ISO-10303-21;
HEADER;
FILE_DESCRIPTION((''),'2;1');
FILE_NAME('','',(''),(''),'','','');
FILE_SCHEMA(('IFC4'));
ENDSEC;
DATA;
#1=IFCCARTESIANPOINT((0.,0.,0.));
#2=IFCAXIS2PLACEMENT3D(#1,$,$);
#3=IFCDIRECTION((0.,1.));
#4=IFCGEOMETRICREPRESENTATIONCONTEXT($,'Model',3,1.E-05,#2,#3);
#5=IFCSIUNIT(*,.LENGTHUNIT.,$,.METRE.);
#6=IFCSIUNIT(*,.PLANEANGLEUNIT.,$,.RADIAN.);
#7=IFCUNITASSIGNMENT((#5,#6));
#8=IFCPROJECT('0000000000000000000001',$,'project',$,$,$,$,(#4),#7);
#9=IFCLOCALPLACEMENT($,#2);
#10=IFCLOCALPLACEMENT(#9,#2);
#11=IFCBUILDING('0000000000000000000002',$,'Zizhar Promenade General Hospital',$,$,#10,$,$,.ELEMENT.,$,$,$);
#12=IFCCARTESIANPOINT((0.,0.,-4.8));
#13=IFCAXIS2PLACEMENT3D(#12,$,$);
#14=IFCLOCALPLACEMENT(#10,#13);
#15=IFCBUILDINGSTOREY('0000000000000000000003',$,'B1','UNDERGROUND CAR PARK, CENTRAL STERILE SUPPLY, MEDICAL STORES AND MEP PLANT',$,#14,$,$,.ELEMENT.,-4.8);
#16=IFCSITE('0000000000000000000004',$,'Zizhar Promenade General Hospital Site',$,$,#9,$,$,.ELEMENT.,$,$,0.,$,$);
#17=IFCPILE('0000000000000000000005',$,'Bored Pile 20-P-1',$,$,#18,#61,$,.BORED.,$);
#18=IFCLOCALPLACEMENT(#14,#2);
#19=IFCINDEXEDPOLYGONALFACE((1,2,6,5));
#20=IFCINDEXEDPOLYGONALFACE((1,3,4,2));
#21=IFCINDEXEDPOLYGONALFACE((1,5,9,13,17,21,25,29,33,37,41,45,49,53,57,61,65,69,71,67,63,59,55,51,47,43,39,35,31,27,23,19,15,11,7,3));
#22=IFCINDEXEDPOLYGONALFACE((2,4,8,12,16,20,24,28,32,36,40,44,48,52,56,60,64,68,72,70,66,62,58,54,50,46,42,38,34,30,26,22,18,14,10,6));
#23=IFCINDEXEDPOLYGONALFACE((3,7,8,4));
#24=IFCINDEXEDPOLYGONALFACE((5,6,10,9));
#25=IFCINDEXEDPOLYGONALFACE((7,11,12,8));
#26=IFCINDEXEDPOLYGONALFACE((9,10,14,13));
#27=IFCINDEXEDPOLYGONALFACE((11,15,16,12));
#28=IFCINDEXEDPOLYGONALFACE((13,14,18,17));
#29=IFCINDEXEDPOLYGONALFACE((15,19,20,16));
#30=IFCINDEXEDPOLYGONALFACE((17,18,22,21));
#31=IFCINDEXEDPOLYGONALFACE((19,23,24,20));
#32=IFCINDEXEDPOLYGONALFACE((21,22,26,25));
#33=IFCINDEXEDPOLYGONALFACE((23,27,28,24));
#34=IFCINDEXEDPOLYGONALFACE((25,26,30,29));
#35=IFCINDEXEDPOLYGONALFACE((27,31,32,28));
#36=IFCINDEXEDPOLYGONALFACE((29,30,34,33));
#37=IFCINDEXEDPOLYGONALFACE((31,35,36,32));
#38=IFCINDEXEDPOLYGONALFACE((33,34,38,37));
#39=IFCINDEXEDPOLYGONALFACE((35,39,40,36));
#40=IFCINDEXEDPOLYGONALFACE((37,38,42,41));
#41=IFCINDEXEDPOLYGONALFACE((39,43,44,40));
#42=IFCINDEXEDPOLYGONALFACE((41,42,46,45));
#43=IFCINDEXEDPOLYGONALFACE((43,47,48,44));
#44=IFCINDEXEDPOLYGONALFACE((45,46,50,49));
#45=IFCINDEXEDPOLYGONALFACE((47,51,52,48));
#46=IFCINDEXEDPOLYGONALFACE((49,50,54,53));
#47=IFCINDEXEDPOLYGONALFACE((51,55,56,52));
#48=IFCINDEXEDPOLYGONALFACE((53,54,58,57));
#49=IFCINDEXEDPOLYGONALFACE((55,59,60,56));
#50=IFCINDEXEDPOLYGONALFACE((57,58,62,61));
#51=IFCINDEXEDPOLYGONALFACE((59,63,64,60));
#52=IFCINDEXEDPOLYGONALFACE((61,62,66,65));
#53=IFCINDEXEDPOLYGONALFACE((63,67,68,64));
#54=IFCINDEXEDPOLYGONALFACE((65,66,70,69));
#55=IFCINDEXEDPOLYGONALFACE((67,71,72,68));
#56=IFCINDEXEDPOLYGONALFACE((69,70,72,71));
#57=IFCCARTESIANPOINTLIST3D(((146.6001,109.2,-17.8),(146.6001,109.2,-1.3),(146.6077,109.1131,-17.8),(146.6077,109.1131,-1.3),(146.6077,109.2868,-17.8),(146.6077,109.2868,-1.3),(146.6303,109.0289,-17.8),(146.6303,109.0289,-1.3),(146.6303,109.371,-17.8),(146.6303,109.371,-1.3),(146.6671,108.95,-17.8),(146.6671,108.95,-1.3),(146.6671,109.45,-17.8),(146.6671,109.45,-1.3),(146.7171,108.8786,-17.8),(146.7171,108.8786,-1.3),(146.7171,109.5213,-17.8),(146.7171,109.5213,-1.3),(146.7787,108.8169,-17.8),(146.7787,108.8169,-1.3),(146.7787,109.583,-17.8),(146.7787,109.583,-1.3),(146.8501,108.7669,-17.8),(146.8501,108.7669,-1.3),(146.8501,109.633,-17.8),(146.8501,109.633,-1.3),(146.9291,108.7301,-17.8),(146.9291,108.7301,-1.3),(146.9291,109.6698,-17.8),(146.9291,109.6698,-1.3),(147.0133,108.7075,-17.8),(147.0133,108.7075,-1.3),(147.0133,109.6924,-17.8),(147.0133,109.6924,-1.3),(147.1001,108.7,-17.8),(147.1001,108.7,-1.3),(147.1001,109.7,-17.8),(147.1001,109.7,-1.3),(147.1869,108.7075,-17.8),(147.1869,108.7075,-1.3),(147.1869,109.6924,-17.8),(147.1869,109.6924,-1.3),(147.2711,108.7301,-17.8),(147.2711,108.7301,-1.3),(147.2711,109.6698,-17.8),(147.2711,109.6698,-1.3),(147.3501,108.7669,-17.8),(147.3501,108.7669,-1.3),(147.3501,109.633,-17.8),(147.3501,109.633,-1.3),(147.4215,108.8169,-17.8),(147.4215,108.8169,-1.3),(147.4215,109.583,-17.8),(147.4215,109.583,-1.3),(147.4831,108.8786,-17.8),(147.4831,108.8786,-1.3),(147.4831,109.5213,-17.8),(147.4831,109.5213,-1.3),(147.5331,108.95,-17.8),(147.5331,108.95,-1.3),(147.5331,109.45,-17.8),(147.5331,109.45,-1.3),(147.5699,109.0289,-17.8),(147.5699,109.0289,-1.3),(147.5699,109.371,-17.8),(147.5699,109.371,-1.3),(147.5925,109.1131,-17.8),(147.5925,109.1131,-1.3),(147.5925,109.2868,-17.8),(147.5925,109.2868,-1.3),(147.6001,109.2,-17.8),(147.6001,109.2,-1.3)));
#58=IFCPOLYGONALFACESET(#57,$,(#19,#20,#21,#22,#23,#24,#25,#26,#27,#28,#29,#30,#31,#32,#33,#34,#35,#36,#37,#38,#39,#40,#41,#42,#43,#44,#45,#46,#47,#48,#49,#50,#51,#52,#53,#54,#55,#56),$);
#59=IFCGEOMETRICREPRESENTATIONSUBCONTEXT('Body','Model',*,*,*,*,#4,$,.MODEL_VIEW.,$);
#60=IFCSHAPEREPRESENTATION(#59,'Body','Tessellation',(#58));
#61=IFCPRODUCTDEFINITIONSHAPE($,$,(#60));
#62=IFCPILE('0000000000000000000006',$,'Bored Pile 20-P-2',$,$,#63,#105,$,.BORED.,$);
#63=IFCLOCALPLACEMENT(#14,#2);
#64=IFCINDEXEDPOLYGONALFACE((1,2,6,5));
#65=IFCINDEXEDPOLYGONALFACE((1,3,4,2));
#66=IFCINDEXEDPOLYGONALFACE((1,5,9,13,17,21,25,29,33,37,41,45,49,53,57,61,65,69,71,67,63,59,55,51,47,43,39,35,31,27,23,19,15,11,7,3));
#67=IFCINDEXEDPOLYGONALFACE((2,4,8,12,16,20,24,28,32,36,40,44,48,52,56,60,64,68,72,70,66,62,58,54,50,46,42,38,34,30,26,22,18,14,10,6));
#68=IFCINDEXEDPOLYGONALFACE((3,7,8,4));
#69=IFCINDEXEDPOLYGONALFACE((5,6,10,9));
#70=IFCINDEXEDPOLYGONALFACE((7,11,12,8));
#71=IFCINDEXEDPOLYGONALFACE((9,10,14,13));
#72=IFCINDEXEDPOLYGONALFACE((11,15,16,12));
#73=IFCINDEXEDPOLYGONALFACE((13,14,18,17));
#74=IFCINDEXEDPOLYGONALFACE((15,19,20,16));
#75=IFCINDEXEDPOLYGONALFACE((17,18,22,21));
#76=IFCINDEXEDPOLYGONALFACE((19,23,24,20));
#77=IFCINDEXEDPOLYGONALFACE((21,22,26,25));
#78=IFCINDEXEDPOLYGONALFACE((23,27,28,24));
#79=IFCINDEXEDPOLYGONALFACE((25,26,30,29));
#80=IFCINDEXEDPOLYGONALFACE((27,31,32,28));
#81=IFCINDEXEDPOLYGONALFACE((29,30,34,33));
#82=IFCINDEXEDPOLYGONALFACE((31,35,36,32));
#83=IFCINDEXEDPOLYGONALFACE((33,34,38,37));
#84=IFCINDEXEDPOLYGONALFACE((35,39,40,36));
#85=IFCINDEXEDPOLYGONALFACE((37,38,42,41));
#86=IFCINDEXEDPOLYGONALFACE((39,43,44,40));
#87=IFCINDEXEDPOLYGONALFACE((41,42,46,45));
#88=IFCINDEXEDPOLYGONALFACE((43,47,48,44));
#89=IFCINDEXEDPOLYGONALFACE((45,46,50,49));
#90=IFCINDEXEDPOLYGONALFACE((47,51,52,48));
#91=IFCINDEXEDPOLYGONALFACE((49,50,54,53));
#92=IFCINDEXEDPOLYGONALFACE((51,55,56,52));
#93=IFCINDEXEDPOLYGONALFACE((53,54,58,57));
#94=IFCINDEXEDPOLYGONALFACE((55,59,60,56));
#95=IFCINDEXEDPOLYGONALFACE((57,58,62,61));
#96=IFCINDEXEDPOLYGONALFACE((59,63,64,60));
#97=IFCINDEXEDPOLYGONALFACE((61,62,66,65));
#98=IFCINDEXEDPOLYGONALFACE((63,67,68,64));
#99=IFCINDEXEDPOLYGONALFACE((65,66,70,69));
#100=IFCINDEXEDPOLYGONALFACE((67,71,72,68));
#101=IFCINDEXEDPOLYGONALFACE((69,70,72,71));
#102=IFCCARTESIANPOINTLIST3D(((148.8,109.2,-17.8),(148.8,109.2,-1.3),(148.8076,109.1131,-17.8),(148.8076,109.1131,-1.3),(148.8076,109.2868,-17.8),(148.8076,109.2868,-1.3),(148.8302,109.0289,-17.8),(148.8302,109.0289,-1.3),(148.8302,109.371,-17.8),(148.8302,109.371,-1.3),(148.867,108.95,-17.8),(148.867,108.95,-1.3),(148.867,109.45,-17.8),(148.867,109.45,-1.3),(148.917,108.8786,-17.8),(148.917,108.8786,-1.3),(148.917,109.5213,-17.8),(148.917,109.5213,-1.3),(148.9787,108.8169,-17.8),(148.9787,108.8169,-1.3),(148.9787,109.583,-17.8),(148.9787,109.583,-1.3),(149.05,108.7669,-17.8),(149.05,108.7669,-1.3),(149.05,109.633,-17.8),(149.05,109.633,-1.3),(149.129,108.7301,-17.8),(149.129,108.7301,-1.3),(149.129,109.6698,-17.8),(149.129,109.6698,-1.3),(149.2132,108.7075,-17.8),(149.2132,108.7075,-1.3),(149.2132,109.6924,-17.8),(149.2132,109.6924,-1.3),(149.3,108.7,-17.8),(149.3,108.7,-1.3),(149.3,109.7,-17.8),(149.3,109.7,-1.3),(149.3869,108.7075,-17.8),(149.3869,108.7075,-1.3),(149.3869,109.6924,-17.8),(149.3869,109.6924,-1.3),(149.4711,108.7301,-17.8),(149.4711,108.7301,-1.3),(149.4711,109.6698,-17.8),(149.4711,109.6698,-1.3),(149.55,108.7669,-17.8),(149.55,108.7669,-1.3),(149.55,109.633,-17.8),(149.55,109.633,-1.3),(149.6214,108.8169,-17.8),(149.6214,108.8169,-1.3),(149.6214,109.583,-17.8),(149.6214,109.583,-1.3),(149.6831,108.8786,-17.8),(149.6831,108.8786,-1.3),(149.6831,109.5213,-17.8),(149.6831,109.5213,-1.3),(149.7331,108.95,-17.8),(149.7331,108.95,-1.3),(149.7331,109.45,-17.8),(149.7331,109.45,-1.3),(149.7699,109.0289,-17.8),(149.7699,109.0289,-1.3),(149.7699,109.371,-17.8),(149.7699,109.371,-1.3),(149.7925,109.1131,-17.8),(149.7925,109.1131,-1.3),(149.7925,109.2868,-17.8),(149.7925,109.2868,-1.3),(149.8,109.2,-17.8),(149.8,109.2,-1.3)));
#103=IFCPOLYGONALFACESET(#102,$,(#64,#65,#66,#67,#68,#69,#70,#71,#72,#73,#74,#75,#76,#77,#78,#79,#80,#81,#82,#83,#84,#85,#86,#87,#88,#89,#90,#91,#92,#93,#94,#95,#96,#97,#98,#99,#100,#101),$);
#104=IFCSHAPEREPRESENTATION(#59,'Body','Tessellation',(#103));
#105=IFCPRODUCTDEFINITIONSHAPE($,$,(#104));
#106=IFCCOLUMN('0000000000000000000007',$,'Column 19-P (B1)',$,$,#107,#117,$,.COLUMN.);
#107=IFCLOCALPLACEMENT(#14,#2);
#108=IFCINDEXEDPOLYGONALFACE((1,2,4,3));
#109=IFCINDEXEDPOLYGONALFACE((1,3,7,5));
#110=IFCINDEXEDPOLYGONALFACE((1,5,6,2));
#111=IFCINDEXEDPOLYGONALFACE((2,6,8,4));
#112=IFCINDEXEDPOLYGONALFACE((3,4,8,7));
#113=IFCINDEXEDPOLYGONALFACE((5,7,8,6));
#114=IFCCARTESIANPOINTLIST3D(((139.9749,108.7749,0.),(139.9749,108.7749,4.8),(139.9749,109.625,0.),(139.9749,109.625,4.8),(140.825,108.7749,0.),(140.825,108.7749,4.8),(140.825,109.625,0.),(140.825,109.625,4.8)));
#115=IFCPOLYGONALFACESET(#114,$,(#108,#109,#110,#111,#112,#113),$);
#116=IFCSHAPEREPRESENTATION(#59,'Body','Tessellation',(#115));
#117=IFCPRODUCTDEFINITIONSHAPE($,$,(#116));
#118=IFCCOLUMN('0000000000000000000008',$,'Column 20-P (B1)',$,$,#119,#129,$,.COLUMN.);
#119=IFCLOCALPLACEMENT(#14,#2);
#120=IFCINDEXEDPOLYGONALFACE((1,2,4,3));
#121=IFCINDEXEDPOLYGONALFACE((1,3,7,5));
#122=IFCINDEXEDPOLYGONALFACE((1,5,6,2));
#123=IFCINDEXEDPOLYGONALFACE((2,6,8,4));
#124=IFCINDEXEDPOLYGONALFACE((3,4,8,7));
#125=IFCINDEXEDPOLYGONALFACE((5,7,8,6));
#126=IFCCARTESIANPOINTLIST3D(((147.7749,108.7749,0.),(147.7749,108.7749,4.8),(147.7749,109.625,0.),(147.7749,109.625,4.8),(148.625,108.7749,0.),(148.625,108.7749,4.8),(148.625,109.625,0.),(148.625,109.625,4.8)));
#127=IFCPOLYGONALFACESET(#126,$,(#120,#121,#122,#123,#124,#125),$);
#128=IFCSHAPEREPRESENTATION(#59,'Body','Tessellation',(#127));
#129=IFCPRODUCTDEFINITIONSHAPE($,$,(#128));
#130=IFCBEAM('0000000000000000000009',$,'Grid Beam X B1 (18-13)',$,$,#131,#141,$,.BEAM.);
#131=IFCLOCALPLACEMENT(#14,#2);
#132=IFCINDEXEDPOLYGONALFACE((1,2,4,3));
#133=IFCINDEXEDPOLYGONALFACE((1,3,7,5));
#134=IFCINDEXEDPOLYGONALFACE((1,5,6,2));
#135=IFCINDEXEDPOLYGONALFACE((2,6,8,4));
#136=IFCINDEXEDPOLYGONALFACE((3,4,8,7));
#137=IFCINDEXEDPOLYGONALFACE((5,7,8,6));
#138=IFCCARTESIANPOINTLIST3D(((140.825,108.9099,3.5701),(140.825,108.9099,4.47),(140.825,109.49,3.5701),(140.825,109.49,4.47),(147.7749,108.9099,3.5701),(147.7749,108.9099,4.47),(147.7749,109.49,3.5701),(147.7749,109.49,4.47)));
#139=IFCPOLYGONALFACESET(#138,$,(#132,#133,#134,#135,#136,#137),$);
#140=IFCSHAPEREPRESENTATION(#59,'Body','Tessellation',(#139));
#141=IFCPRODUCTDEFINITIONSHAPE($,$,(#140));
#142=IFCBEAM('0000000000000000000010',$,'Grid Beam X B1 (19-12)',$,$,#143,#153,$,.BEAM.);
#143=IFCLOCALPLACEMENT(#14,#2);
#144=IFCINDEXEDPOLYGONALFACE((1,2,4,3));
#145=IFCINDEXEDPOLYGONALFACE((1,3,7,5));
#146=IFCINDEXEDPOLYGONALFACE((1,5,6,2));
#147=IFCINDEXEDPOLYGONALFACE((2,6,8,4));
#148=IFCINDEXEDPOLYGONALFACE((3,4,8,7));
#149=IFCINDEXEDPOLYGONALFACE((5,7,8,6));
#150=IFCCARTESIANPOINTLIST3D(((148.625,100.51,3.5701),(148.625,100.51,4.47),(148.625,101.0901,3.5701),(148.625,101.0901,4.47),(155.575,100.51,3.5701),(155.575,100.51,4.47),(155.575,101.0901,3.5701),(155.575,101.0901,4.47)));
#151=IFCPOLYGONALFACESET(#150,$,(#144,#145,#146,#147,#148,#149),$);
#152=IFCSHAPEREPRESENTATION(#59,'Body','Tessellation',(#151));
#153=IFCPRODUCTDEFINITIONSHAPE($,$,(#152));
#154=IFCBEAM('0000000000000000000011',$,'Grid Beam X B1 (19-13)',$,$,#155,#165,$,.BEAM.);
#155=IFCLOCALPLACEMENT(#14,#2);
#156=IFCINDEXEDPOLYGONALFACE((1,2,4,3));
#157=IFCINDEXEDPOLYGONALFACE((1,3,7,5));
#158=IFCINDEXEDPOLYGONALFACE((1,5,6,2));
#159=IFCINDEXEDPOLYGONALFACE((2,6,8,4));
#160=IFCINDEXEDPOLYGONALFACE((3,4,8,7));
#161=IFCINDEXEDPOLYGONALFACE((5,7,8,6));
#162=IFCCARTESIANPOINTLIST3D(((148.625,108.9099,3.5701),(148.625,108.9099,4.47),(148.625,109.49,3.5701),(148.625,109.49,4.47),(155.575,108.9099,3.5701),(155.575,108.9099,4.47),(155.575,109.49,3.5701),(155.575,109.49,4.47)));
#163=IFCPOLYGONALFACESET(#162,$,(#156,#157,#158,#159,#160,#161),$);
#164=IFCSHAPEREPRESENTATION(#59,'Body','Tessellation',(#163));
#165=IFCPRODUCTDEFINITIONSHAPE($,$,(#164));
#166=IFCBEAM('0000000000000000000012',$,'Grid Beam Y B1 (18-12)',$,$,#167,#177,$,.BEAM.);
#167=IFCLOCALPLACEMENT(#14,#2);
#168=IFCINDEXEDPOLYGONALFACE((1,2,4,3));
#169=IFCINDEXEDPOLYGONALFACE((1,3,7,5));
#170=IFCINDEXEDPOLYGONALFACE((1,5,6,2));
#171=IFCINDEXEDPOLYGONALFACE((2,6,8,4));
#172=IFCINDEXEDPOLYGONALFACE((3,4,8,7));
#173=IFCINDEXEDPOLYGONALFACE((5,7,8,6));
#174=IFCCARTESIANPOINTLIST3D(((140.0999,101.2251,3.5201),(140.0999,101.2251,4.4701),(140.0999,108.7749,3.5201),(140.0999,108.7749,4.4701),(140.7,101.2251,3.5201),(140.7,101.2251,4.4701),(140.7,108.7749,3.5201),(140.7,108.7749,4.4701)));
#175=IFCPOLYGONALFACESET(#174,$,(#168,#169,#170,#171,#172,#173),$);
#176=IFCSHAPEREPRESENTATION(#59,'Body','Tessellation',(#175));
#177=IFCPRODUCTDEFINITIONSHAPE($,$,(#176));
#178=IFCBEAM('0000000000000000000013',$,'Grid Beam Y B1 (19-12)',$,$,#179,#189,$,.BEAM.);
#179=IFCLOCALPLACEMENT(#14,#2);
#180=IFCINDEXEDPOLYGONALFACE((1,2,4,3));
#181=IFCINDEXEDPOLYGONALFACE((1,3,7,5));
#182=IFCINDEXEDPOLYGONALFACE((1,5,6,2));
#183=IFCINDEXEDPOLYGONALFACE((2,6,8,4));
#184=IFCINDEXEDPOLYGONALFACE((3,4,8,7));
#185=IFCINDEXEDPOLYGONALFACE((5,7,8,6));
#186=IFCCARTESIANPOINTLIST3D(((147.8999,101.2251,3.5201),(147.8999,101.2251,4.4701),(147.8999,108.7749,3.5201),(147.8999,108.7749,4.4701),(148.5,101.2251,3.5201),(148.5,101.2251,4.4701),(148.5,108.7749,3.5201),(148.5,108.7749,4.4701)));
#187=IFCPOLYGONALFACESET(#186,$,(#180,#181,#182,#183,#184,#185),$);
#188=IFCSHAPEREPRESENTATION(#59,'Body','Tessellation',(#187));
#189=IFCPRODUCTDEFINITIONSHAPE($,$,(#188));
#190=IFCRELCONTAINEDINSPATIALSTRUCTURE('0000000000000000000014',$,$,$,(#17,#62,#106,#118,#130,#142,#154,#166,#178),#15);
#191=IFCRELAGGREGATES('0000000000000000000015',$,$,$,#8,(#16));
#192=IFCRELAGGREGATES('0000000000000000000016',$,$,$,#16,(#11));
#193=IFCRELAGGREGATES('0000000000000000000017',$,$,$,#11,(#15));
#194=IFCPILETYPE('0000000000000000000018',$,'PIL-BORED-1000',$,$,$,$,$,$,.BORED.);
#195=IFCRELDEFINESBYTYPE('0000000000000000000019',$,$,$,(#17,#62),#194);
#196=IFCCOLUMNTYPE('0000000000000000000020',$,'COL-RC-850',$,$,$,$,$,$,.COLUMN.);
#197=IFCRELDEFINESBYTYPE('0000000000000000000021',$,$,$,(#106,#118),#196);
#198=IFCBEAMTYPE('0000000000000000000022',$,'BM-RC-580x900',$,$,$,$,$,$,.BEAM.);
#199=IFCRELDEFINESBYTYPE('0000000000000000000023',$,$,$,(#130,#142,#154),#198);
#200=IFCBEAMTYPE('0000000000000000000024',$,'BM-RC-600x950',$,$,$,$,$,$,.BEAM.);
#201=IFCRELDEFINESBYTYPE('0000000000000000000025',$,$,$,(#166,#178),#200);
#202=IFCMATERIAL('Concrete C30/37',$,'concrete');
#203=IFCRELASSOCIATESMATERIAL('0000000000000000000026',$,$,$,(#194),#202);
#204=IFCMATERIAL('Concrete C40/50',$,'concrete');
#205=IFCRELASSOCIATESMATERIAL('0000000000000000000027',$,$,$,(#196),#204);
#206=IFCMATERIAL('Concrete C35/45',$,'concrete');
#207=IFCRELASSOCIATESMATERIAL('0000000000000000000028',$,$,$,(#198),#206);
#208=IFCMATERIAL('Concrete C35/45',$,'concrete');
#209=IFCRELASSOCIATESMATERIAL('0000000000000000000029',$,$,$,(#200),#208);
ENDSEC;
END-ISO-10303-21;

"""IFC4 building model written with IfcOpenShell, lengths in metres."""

from ifc_helpers import new_model, si_unit, direction, frame, origin, origin_2d, place, context, subcontext, project, spatial, rectangle, circle, extrude, material, material_profile, profile_set, type_object, element, save


model = new_model("IFC4")

# Units and contexts
model_context = context("Model", 3, precision=1e-05, world=origin(), true_north=direction((0.0, 1.0)))
body_context = subcontext(model_context, "Body", "Model", "MODEL_VIEW")
ifc_project = project(units=[si_unit("LENGTHUNIT", "METRE"), si_unit("PLANEANGLEUNIT", "RADIAN")], contexts=[model_context])

# Site, building, storey
site_placement = place(None, origin())
site = spatial("IfcSite", under=ifc_project, at=site_placement, Name="Zizhar Promenade General Hospital Site", CompositionType="ELEMENT", RefElevation=0.0)
building_placement = place(site_placement, origin())
building = spatial("IfcBuilding", under=site, at=building_placement, Name="Zizhar Promenade General Hospital", CompositionType="ELEMENT")
storey_placement = place(building_placement, frame((0.0, 0.0, -4.8)))
storey = spatial("IfcBuildingStorey", under=building, at=storey_placement, Name="B1", Description="UNDERGROUND CAR PARK, CENTRAL STERILE SUPPLY, MEDICAL STORES AND MEP PLANT", CompositionType="ELEMENT", Elevation=-4.8)

# Piles
ifc_material_1 = material(Name="Concrete C30/37", Category="concrete")
ifc_material_profile_1 = material_profile(ifc_material_1, circle(Radius=0.5, at=origin_2d()))
ifc_profile_set_1 = profile_set([ifc_material_profile_1], Name="Concrete C30/37")
pile_type = type_object("IfcPileType", Name="PIL-BORED-1000", PredefinedType="BORED", material=ifc_profile_set_1)
for number, where, z_axis, x_axis, name in (
    (1, (147.1001, 109.2, -1.3), (0.0, 0.0, -1.0), (1.0, 0.0, 0.0), "Bored Pile 20-P-1"),
    (2, (149.3, 109.2, -1.3), (0.0, 0.0, -1.0), (1.0, 0.0, 0.0), "Bored Pile 20-P-2"),
):
    element("IfcPile", number, at=place(storey_placement, frame(where, z_axis=z_axis, x_axis=x_axis)), inside=storey, type_object=pile_type, Name=name, PredefinedType="BORED", context=body_context, shape_type="SweptSolid", body=[
        extrude(circle(Radius=0.5, at=origin_2d()), origin(), (0.0, 0.0, 1.0), 16.5),
    ])

# Columns
ifc_material_2 = material(Name="Concrete C40/50", Category="concrete")
ifc_material_profile_2 = material_profile(ifc_material_2, rectangle(XDim=0.8501, YDim=0.8501, at=origin_2d()))
ifc_profile_set_2 = profile_set([ifc_material_profile_2], Name="Concrete C40/50")
column_type = type_object("IfcColumnType", Name="COL-RC-850", PredefinedType="COLUMN", material=ifc_profile_set_2)
for number, where, z_axis, x_axis, name in (
    (3, (140.3999, 109.2, 0.0), (0.0, 0.0, 1.0), (1.0, 0.0, 0.0), "Column 19-P (B1)"),
    (4, (148.2, 109.2, 0.0), (0.0, 0.0, 1.0), (1.0, 0.0, 0.0), "Column 20-P (B1)"),
):
    element("IfcColumn", number, at=place(storey_placement, frame(where, z_axis=z_axis, x_axis=x_axis)), inside=storey, type_object=column_type, Name=name, PredefinedType="COLUMN", context=body_context, shape_type="SweptSolid", body=[
        extrude(rectangle(XDim=0.8501, YDim=0.8501, at=origin_2d()), origin(), (0.0, 0.0, 1.0), 4.8),
    ])

# Beams
ifc_material_3 = material(Name="Concrete C35/45", Category="concrete")
ifc_material_profile_3 = material_profile(ifc_material_3, rectangle(XDim=0.5801, YDim=0.8999, at=origin_2d()))
ifc_profile_set_3 = profile_set([ifc_material_profile_3], Name="Concrete C35/45")
beam_type_1 = type_object("IfcBeamType", Name="BM-RC-580x900", PredefinedType="BEAM", material=ifc_profile_set_3)
for number, where, z_axis, x_axis, name in (
    (5, (140.825, 109.2, 4.02), (1.0, 0.0, 0.0), (0.0, 1.0, 0.0), "Grid Beam X B1 (18-13)"),
    (6, (148.625, 100.8, 4.02), (1.0, 0.0, 0.0), (0.0, 1.0, 0.0), "Grid Beam X B1 (19-12)"),
    (7, (148.625, 109.2, 4.02), (1.0, 0.0, 0.0), (0.0, 1.0, 0.0), "Grid Beam X B1 (19-13)"),
):
    element("IfcBeam", number, at=place(storey_placement, frame(where, z_axis=z_axis, x_axis=x_axis)), inside=storey, type_object=beam_type_1, Name=name, PredefinedType="BEAM", context=body_context, shape_type="SweptSolid", body=[
        extrude(rectangle(XDim=0.5801, YDim=0.8999, at=origin_2d()), origin(), (0.0, 0.0, 1.0), 6.95),
    ])
ifc_material_4 = material(Name="Concrete C35/45", Category="concrete")
ifc_material_profile_4 = material_profile(ifc_material_4, rectangle(XDim=0.6001, YDim=0.95, at=origin_2d()))
ifc_profile_set_4 = profile_set([ifc_material_profile_4], Name="Concrete C35/45")
beam_type_2 = type_object("IfcBeamType", Name="BM-RC-600x950", PredefinedType="BEAM", material=ifc_profile_set_4)
for number, where, z_axis, x_axis, name in (
    (8, (140.3999, 101.2251, 3.9951), (0.0, 1.0, 0.0), (-1.0, 0.0, 0.0), "Grid Beam Y B1 (18-12)"),
    (9, (148.2, 101.2251, 3.9951), (0.0, 1.0, 0.0), (-1.0, 0.0, 0.0), "Grid Beam Y B1 (19-12)"),
):
    element("IfcBeam", number, at=place(storey_placement, frame(where, z_axis=z_axis, x_axis=x_axis)), inside=storey, type_object=beam_type_2, Name=name, PredefinedType="BEAM", context=body_context, shape_type="SweptSolid", body=[
        extrude(rectangle(XDim=0.6001, YDim=0.95, at=origin_2d()), origin(), (0.0, 0.0, 1.0), 7.5498),
    ])

save(model, "model.ifc")
